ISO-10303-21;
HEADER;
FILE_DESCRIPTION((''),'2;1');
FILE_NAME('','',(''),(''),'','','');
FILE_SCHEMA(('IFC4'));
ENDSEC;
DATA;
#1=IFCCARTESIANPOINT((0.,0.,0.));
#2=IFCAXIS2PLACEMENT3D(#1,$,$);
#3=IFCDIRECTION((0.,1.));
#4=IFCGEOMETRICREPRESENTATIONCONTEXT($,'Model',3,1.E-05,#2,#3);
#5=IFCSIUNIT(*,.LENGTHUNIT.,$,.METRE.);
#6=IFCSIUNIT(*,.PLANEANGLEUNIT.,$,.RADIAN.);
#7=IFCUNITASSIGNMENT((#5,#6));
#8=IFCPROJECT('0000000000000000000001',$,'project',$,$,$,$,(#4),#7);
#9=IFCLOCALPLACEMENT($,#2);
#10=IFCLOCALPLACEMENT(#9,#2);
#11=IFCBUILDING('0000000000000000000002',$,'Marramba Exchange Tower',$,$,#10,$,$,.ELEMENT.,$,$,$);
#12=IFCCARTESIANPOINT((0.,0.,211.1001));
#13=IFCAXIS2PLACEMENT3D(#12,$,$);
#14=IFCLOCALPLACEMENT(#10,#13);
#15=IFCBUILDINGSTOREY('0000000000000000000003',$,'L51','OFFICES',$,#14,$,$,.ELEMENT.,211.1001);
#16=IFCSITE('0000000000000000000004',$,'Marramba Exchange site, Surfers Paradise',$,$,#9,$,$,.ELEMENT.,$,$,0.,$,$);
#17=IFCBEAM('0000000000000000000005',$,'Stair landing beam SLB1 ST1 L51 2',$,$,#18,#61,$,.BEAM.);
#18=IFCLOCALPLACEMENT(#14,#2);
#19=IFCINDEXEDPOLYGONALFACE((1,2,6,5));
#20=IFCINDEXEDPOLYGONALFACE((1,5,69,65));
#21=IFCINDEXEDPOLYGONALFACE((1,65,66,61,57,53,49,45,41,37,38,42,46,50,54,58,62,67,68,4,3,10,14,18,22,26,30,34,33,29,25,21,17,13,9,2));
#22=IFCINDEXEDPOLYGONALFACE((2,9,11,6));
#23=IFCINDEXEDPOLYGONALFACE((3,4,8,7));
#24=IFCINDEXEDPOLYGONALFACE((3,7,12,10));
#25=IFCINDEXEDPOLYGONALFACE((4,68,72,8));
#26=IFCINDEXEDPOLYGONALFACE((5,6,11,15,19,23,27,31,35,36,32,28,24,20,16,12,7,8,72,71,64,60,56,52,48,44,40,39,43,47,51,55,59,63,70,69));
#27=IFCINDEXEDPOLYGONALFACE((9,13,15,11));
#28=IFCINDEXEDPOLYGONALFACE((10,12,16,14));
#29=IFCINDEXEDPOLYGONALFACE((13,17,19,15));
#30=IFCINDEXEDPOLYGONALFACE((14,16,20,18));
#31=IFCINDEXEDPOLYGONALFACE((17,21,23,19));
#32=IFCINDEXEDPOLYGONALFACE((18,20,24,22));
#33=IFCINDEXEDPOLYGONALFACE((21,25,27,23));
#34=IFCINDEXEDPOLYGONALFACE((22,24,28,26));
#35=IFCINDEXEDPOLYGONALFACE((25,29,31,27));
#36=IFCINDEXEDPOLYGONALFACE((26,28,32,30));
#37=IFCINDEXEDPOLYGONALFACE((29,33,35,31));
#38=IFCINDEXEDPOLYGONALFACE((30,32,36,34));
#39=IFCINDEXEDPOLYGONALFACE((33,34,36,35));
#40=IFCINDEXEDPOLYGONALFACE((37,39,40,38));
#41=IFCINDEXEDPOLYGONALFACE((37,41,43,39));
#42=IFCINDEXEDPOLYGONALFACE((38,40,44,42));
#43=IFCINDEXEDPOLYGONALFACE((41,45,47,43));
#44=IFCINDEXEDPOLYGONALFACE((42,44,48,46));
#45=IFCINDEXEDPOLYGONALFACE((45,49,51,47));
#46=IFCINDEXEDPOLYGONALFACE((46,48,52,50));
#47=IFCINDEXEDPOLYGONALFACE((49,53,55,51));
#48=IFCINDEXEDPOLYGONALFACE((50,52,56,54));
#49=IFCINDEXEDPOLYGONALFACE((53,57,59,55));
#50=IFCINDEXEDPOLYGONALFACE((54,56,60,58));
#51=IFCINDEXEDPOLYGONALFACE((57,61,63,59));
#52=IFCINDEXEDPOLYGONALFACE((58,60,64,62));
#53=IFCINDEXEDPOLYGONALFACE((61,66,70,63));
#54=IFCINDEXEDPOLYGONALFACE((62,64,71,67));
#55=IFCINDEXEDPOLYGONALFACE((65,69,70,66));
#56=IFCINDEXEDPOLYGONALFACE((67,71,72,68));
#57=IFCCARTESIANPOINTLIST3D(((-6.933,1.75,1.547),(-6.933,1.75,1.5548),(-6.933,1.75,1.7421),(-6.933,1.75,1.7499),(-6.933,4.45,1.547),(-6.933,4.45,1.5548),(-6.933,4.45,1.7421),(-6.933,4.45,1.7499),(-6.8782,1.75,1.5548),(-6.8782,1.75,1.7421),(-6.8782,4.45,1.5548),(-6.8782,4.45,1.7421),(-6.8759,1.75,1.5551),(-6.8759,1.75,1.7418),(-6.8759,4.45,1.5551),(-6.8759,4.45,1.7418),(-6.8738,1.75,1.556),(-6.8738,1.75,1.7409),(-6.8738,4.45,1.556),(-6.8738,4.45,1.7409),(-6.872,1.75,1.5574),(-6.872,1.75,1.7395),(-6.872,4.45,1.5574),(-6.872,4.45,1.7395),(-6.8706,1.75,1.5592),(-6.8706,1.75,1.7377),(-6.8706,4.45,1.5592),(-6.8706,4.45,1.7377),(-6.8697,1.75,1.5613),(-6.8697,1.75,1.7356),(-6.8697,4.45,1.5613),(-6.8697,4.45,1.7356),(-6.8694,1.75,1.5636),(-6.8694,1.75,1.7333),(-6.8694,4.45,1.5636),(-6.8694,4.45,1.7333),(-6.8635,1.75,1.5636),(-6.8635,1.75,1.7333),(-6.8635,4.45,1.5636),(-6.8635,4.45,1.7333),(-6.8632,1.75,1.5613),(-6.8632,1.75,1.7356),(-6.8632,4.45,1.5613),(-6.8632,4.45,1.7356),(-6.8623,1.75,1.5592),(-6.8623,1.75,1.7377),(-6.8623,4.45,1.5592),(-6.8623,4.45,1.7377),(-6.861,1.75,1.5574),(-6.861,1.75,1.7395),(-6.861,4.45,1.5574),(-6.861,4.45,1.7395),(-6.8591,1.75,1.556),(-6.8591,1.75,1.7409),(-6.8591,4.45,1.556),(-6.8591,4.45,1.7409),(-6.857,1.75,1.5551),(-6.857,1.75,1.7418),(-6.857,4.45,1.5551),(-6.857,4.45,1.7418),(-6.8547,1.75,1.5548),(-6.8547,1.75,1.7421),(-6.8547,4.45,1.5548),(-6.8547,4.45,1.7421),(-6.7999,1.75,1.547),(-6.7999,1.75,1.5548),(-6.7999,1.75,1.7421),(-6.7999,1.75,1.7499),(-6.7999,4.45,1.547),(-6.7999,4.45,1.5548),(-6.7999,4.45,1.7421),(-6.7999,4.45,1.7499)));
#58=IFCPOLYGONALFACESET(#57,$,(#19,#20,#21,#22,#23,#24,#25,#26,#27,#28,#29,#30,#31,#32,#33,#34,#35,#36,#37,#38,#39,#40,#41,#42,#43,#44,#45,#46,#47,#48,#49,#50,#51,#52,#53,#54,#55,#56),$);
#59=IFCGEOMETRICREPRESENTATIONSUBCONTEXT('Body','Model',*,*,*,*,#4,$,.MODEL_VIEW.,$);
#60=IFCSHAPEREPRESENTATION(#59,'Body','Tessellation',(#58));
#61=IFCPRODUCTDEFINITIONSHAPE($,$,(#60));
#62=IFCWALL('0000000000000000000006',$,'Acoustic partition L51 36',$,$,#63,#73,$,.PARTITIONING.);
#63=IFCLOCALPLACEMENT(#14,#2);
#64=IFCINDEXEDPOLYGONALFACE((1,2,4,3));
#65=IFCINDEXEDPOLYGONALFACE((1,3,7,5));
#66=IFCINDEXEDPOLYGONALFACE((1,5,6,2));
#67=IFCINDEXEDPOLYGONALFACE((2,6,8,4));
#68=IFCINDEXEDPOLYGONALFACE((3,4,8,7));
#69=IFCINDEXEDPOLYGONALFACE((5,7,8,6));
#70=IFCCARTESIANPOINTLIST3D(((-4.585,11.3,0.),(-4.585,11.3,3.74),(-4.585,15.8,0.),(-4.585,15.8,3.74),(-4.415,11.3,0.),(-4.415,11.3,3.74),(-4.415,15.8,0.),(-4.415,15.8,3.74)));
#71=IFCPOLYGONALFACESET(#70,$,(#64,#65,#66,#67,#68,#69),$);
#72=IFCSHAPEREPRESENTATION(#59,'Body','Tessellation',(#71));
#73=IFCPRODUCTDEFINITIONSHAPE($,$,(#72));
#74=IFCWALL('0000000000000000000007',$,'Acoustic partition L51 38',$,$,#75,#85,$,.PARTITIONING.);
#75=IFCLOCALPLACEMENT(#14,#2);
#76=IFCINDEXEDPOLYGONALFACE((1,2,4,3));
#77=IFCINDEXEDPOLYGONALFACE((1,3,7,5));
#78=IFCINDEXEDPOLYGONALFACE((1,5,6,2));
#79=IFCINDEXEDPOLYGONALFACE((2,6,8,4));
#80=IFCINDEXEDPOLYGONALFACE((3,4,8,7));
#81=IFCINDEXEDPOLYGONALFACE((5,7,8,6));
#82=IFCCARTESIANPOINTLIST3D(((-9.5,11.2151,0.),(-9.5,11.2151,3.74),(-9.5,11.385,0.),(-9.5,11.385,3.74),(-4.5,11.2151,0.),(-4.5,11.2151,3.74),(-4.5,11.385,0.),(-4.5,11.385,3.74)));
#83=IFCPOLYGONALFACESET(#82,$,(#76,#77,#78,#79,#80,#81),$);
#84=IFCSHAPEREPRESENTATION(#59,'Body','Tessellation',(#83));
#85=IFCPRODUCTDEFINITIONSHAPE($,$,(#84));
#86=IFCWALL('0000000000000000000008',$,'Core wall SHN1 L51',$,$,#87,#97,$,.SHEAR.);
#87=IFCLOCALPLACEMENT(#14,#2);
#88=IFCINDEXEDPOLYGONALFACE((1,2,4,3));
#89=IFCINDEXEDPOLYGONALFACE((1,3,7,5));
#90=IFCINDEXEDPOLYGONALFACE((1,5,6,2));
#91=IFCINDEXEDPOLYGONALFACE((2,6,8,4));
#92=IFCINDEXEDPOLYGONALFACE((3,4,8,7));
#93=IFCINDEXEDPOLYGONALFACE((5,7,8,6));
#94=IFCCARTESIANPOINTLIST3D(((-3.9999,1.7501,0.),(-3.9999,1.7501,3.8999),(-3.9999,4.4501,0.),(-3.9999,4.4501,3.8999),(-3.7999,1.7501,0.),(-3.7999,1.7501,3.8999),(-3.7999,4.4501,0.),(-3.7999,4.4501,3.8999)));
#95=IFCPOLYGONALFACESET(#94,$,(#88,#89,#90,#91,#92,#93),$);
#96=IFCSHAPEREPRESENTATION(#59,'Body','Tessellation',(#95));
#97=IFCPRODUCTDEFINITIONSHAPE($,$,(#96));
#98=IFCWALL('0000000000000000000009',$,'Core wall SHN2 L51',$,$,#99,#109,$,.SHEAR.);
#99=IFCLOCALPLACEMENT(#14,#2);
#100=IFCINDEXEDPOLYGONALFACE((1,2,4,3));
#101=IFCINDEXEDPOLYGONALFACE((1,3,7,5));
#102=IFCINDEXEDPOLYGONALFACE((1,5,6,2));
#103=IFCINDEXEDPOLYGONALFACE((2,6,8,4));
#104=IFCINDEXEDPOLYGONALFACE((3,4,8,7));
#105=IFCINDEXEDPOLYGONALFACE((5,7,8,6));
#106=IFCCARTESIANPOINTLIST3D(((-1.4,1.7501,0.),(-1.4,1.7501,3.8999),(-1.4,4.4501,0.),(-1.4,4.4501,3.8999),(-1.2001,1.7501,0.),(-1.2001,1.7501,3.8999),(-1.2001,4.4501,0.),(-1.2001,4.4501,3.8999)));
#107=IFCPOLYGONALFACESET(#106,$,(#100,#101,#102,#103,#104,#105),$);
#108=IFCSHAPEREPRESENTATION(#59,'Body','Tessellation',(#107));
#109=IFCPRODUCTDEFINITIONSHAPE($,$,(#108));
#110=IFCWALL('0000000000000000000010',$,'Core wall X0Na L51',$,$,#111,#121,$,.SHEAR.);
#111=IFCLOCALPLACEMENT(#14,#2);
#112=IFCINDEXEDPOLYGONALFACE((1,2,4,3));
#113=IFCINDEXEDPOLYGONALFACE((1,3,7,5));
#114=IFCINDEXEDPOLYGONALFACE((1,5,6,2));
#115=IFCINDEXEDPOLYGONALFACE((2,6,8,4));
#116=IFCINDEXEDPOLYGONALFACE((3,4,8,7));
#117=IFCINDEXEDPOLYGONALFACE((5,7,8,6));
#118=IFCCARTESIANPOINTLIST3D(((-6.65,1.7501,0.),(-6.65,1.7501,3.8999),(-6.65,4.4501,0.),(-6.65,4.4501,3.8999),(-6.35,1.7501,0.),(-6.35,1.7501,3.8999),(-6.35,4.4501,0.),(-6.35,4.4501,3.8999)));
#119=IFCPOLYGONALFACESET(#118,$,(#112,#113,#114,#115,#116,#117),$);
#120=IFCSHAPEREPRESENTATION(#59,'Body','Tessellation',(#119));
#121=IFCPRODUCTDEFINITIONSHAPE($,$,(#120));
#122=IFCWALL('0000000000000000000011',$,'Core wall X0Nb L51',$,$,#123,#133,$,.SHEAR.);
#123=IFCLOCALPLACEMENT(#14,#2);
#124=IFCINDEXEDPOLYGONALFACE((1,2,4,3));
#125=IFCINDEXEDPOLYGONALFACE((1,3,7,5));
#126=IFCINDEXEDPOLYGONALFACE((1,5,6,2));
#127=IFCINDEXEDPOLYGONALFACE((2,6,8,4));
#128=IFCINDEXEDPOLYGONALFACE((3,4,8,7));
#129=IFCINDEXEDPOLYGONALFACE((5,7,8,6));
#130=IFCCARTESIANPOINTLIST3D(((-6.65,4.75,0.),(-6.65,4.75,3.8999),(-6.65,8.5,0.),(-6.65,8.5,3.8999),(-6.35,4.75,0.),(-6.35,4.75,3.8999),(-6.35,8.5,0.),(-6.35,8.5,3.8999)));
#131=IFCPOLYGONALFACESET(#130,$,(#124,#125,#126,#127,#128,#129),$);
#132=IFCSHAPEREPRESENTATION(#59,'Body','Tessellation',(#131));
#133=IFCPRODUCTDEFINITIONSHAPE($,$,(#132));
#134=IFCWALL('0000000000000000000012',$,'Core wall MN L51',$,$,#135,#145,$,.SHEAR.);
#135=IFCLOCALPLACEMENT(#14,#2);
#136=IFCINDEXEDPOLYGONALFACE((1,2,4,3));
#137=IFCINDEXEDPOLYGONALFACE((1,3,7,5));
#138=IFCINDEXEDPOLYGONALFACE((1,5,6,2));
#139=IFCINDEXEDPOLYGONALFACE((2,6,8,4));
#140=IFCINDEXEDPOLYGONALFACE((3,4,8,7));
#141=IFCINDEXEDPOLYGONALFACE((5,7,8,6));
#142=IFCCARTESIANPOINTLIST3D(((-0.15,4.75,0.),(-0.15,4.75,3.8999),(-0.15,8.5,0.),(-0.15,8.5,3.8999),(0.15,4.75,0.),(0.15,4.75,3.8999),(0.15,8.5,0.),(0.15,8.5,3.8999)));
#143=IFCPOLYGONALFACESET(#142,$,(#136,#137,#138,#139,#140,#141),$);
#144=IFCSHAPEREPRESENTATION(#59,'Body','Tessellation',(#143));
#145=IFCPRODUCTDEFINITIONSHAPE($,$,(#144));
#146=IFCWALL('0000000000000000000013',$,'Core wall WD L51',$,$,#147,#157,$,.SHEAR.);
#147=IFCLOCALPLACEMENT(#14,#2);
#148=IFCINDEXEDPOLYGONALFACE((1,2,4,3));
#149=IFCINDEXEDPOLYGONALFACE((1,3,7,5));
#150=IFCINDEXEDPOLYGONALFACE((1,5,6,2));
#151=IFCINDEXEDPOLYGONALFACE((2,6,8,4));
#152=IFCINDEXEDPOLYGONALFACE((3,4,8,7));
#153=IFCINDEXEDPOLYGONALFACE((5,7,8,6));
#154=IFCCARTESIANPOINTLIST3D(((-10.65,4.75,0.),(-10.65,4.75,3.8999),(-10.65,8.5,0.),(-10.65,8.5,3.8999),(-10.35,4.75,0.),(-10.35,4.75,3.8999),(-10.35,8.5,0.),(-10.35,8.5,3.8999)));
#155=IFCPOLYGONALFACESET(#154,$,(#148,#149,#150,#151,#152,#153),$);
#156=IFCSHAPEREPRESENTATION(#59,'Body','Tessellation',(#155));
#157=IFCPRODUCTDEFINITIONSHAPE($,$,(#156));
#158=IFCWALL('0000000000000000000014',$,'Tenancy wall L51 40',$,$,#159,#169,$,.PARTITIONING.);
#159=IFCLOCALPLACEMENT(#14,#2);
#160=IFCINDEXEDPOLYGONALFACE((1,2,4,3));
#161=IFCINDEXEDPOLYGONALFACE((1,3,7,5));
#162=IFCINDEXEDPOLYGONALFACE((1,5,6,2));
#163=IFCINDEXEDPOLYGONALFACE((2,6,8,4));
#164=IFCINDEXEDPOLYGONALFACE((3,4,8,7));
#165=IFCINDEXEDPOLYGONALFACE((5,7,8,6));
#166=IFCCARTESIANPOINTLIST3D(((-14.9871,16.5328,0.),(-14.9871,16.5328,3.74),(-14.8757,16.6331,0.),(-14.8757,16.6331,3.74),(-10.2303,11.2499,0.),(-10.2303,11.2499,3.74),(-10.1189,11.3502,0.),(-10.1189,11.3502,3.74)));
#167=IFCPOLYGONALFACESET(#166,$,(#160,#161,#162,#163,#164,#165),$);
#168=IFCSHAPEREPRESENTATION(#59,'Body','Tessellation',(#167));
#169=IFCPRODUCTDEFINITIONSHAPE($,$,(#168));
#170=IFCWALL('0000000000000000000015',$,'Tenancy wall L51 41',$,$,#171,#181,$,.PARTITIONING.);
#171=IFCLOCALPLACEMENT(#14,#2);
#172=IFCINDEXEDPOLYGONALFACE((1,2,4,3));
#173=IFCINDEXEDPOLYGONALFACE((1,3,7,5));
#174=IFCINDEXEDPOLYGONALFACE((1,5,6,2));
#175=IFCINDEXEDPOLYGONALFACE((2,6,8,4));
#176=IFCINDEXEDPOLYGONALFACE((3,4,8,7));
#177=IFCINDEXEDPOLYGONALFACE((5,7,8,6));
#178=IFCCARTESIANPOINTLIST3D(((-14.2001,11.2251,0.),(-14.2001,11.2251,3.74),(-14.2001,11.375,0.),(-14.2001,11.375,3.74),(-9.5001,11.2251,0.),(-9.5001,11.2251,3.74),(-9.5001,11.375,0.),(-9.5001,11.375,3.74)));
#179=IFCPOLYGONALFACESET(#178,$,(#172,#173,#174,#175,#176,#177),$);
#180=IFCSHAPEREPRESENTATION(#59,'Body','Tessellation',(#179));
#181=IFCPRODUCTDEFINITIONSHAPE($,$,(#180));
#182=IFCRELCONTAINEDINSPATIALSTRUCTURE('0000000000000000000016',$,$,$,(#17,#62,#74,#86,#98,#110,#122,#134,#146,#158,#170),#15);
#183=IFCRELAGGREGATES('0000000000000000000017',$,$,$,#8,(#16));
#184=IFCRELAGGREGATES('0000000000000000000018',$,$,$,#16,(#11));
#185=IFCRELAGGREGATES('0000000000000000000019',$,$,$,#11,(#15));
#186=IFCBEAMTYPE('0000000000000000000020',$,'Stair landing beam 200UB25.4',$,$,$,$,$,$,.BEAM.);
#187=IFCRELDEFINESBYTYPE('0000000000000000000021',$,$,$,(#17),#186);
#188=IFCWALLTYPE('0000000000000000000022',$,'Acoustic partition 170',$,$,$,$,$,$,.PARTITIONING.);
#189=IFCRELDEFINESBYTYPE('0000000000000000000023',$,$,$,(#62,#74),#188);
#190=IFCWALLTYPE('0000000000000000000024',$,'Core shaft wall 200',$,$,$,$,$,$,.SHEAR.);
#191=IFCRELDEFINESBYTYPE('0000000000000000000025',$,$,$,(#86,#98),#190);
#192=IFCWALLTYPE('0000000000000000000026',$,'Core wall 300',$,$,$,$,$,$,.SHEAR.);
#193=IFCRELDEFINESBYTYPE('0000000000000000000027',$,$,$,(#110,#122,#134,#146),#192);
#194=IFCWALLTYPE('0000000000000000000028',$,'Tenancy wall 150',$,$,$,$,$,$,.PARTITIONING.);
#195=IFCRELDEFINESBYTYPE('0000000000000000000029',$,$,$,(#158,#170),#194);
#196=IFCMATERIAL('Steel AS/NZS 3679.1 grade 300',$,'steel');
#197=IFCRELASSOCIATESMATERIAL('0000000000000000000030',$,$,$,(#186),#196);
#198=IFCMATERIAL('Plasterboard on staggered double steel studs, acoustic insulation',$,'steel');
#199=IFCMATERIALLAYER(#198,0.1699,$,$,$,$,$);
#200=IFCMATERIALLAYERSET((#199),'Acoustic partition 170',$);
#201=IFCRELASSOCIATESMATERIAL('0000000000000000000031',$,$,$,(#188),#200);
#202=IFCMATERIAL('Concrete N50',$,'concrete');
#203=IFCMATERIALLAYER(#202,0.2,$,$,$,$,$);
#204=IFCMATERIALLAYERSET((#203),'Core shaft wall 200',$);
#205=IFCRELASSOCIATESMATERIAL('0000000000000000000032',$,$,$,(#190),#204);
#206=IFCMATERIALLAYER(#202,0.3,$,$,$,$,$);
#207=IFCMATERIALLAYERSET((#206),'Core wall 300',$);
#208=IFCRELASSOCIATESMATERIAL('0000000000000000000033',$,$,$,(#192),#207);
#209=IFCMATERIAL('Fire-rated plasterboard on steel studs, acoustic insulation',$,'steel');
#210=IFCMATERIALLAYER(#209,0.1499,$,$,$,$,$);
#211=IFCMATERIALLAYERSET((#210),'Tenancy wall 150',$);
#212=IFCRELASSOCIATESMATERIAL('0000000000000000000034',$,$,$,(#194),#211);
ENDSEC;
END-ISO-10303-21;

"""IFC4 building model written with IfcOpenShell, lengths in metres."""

from ifc_helpers import new_model, si_unit, direction, frame, frame_2d, origin, origin_2d, place, context, subcontext, project, spatial, rectangle, i_section, extrude, material, layer, layer_set, material_profile, profile_set, type_object, element, save


model = new_model("IFC4")

# Units and contexts
model_context = context("Model", 3, precision=1e-05, world=origin(), true_north=direction((0.0, 1.0)))
body_context = subcontext(model_context, "Body", "Model", "MODEL_VIEW")
ifc_project = project(units=[si_unit("LENGTHUNIT", "METRE"), si_unit("PLANEANGLEUNIT", "RADIAN")], contexts=[model_context])

# Site, building, storey
site_placement = place(None, origin())
site = spatial("IfcSite", under=ifc_project, at=site_placement, Name="Marramba Exchange site, Surfers Paradise", CompositionType="ELEMENT", RefElevation=0.0)
building_placement = place(site_placement, origin())
building = spatial("IfcBuilding", under=site, at=building_placement, Name="Marramba Exchange Tower", CompositionType="ELEMENT")
storey_placement = place(building_placement, frame((0.0, 0.0, 211.1001)))
storey = spatial("IfcBuildingStorey", under=building, at=storey_placement, Name="L51", Description="OFFICES", CompositionType="ELEMENT", Elevation=211.1001)

# Beam
ifc_material_1 = material(Name="Steel AS/NZS 3679.1 grade 300", Category="steel")
ifc_material_profile_1 = material_profile(ifc_material_1, i_section(OverallWidth=0.1331, OverallDepth=0.2029, WebThickness=0.0059, FlangeThickness=0.0078, FilletRadius=0.0088, at=origin_2d()), Name="200UB25.4")
ifc_profile_set_1 = profile_set([ifc_material_profile_1], Name="Steel AS/NZS 3679.1 grade 300")
beam_type_1 = type_object("IfcBeamType", Name="Stair landing beam 200UB25.4", PredefinedType="BEAM", material=ifc_profile_set_1)
for number, where, z_axis, x_axis, name in (
    (1, (-6.8665, 1.75, 1.6484), (0.0, 1.0, 0.0), (-1.0, 0.0, 0.0), "Stair landing beam SLB1 ST1 L51 2"),
):
    element("IfcBeam", number, at=place(storey_placement, frame(where, z_axis=z_axis, x_axis=x_axis)), inside=storey, type_object=beam_type_1, Name=name, PredefinedType="BEAM", context=body_context, shape_type="SweptSolid", body=[
        extrude(i_section(OverallWidth=0.1331, OverallDepth=0.2029, WebThickness=0.0059, FlangeThickness=0.0078, FilletRadius=0.0088, at=origin_2d()), origin(), (0.0, 0.0, 1.0), 2.7),
    ])

# Walls
ifc_material_2 = material(Name="Plasterboard on staggered double steel studs, acoustic insulation", Category="steel")
ifc_layer_1 = layer(ifc_material_2, 0.1699)
ifc_layer_set_1 = layer_set([ifc_layer_1], Name="Acoustic partition 170")
wall_type_1 = type_object("IfcWallType", Name="Acoustic partition 170", PredefinedType="PARTITIONING", material=ifc_layer_set_1)
wall_1_placement = place(storey_placement, frame((-4.5, 11.3, 0.0), z_axis=(0.0, 0.0, 1.0), x_axis=(0.0, 1.0, 0.0)))
element("IfcWall", 2, at=wall_1_placement, inside=storey, type_object=wall_type_1, Name="Acoustic partition L51 36", PredefinedType="PARTITIONING", context=body_context, shape_type="SweptSolid", body=[
    extrude(rectangle(XDim=4.5, YDim=0.1699, at=frame_2d((2.25, 0.0))), origin(), (0.0, 0.0, 1.0), 3.74),
])
wall_2_placement = place(storey_placement, frame((-9.5, 11.3, 0.0), z_axis=(0.0, 0.0, 1.0), x_axis=(1.0, 0.0, 0.0)))
element("IfcWall", 3, at=wall_2_placement, inside=storey, type_object=wall_type_1, Name="Acoustic partition L51 38", PredefinedType="PARTITIONING", context=body_context, shape_type="SweptSolid", body=[
    extrude(rectangle(XDim=5.0, YDim=0.1699, at=frame_2d((2.5, 0.0))), origin(), (0.0, 0.0, 1.0), 3.74),
])
ifc_material_3 = material(Name="Concrete N50", Category="concrete")
ifc_layer_2 = layer(ifc_material_3, 0.2)
ifc_layer_set_2 = layer_set([ifc_layer_2], Name="Core shaft wall 200")
wall_type_2 = type_object("IfcWallType", Name="Core shaft wall 200", PredefinedType="SHEAR", material=ifc_layer_set_2)
for number, where, z_axis, x_axis, name in (
    (4, (-3.8999, 1.75, 0.0), (0.0, 0.0, 1.0), (0.0, 1.0, 0.0), "Core wall SHN1 L51"),
    (5, (-1.3, 1.75, 0.0), (0.0, 0.0, 1.0), (0.0, 1.0, 0.0), "Core wall SHN2 L51"),
):
    element("IfcWall", number, at=place(storey_placement, frame(where, z_axis=z_axis, x_axis=x_axis)), inside=storey, type_object=wall_type_2, Name=name, PredefinedType="SHEAR", context=body_context, shape_type="SweptSolid", body=[
        extrude(rectangle(XDim=2.7, YDim=0.2, at=frame_2d((1.3501, 0.0))), origin(), (0.0, 0.0, 1.0), 3.8999),
    ])
ifc_layer_3 = layer(ifc_material_3, 0.3)
ifc_layer_set_3 = layer_set([ifc_layer_3], Name="Core wall 300")
wall_type_3 = type_object("IfcWallType", Name="Core wall 300", PredefinedType="SHEAR", material=ifc_layer_set_3)
wall_3_placement = place(storey_placement, frame((-6.5, 1.75, 0.0), z_axis=(0.0, 0.0, 1.0), x_axis=(0.0, 1.0, 0.0)))
element("IfcWall", 6, at=wall_3_placement, inside=storey, type_object=wall_type_3, Name="Core wall X0Na L51", PredefinedType="SHEAR", context=body_context, shape_type="SweptSolid", body=[
    extrude(rectangle(XDim=2.7, YDim=0.3, at=frame_2d((1.3501, 0.0))), origin(), (0.0, 0.0, 1.0), 3.8999),
])
for number, where, z_axis, x_axis, name in (
    (7, (-6.5, 4.75, 0.0), (0.0, 0.0, 1.0), (0.0, 1.0, 0.0), "Core wall X0Nb L51"),
    (8, (0.0, 4.75, 0.0), (0.0, 0.0, 1.0), (0.0, 1.0, 0.0), "Core wall MN L51"),
    (9, (-10.5, 4.75, 0.0), (0.0, 0.0, 1.0), (0.0, 1.0, 0.0), "Core wall WD L51"),
):
    element("IfcWall", number, at=place(storey_placement, frame(where, z_axis=z_axis, x_axis=x_axis)), inside=storey, type_object=wall_type_3, Name=name, PredefinedType="SHEAR", context=body_context, shape_type="SweptSolid", body=[
        extrude(rectangle(XDim=3.75, YDim=0.3, at=frame_2d((1.875, 0.0))), origin(), (0.0, 0.0, 1.0), 3.8999),
    ])

# Walls
ifc_material_4 = material(Name="Fire-rated plasterboard on steel studs, acoustic insulation", Category="steel")
ifc_layer_4 = layer(ifc_material_4, 0.1499)
ifc_layer_set_4 = layer_set([ifc_layer_4], Name="Tenancy wall 150")
wall_type_4 = type_object("IfcWallType", Name="Tenancy wall 150", PredefinedType="PARTITIONING", material=ifc_layer_set_4)
wall_4_placement = place(storey_placement, frame((-10.1746, 11.3, 0.0), z_axis=(0.0, 0.0, 1.0), x_axis=(-0.669134, 0.743142, 0.0)))
element("IfcWall", 10, at=wall_4_placement, inside=storey, type_object=wall_type_4, Name="Tenancy wall L51 40", PredefinedType="PARTITIONING", context=body_context, shape_type="SweptSolid", body=[
    extrude(rectangle(XDim=7.1089, YDim=0.1499, at=frame_2d((3.5544, 0.0))), origin(), (0.0, 0.0, 1.0), 3.74),
])
wall_5_placement = place(storey_placement, frame((-9.5, 11.3, 0.0), z_axis=(0.0, 0.0, 1.0), x_axis=(-1.0, 0.0, 0.0)))
element("IfcWall", 11, at=wall_5_placement, inside=storey, type_object=wall_type_4, Name="Tenancy wall L51 41", PredefinedType="PARTITIONING", context=body_context, shape_type="SweptSolid", body=[
    extrude(rectangle(XDim=4.7, YDim=0.1499, at=frame_2d((2.3501, 0.0))), origin(), (0.0, 0.0, 1.0), 3.74),
])

save(model, "model.ifc")
